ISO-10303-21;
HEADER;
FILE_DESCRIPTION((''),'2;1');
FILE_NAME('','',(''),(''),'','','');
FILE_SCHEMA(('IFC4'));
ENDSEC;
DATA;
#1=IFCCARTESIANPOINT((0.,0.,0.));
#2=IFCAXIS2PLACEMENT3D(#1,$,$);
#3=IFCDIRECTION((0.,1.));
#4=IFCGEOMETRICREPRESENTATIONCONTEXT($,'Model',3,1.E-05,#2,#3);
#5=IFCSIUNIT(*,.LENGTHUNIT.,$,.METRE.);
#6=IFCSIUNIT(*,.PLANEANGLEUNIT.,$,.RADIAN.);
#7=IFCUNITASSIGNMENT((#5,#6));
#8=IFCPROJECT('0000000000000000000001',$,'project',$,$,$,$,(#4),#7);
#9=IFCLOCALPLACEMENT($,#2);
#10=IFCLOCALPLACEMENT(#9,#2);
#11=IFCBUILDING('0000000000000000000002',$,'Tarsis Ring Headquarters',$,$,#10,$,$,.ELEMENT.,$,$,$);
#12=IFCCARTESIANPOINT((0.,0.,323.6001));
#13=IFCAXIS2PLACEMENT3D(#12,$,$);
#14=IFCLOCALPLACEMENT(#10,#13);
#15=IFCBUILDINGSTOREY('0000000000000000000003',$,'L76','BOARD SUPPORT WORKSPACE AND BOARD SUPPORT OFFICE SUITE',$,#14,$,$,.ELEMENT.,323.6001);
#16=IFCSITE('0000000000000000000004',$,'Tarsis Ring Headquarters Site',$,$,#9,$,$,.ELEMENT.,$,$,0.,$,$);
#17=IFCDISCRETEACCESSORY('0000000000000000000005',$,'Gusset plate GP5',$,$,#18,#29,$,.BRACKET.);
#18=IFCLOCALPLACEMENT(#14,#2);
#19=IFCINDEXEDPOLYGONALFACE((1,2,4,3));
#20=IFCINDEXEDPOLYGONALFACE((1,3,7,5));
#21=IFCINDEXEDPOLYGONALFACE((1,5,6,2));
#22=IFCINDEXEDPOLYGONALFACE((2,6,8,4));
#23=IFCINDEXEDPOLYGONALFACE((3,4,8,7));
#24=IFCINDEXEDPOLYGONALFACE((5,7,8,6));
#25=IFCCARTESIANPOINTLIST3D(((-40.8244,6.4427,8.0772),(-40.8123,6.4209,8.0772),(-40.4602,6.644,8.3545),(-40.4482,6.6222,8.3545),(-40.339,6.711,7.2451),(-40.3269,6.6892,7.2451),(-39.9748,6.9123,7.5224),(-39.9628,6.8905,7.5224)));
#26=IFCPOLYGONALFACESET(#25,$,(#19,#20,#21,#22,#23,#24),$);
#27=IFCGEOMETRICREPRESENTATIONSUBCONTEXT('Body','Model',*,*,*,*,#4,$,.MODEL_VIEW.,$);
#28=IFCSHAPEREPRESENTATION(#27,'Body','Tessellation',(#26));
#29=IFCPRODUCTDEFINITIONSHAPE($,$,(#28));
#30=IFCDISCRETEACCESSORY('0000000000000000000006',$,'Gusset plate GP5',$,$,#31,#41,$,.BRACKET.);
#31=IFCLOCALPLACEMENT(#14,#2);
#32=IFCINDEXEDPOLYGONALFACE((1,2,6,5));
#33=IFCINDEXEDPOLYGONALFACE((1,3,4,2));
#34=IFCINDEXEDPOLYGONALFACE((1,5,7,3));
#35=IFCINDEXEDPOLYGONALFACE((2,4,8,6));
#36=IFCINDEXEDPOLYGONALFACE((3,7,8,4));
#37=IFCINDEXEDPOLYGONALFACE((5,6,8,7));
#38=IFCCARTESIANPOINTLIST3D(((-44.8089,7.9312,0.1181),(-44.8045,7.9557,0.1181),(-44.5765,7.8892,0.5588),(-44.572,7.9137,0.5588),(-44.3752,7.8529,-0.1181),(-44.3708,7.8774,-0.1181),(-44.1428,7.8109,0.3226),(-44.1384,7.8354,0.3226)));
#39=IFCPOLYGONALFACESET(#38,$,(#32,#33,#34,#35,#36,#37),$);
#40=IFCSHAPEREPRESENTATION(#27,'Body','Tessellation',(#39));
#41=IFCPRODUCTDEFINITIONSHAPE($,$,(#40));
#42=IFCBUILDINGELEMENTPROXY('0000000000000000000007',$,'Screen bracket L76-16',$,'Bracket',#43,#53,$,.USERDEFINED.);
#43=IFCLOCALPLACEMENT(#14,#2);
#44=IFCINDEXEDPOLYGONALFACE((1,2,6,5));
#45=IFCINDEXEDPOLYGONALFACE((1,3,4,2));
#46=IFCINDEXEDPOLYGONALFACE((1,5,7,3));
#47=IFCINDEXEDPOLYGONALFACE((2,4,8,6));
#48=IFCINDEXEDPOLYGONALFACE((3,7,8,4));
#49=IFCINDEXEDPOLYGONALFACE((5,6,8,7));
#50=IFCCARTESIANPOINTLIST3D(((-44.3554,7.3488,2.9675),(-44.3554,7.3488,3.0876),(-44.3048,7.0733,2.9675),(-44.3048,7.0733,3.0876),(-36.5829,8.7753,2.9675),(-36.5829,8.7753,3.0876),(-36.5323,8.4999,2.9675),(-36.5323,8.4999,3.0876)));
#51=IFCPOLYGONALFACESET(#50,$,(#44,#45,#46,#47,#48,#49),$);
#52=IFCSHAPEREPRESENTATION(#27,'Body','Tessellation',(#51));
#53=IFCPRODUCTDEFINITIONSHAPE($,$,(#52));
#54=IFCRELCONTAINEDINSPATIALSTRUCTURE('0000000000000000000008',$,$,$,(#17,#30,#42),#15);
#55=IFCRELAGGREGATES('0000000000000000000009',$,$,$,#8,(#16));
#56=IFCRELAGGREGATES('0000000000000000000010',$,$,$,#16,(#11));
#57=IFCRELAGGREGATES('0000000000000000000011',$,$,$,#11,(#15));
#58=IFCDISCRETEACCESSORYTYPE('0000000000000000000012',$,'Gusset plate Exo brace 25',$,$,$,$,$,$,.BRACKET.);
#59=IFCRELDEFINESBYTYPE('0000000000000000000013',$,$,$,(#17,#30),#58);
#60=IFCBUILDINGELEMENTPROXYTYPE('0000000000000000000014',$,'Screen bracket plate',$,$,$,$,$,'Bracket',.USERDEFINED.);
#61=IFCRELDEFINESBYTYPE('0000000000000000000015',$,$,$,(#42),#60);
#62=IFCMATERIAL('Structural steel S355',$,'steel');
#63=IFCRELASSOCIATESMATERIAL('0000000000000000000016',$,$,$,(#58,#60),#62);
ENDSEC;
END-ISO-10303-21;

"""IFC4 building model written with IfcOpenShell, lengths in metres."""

from ifc_helpers import new_model, si_unit, direction, frame, origin, origin_2d, place, context, subcontext, project, spatial, rectangle, extrude, material, material_profile, profile_set, type_object, element, save


model = new_model("IFC4")

# Units and contexts
model_context = context("Model", 3, precision=1e-05, world=origin(), true_north=direction((0.0, 1.0)))
body_context = subcontext(model_context, "Body", "Model", "MODEL_VIEW")
ifc_project = project(units=[si_unit("LENGTHUNIT", "METRE"), si_unit("PLANEANGLEUNIT", "RADIAN")], contexts=[model_context])

# Site, building, storey
site_placement = place(None, origin())
site = spatial("IfcSite", under=ifc_project, at=site_placement, Name="Tarsis Ring Headquarters Site", CompositionType="ELEMENT", RefElevation=0.0)
building_placement = place(site_placement, origin())
building = spatial("IfcBuilding", under=site, at=building_placement, Name="Tarsis Ring Headquarters", CompositionType="ELEMENT")
storey_placement = place(building_placement, frame((0.0, 0.0, 323.6001)))
storey = spatial("IfcBuildingStorey", under=building, at=storey_placement, Name="L76", Description="BOARD SUPPORT WORKSPACE AND BOARD SUPPORT OFFICE SUITE", CompositionType="ELEMENT", Elevation=323.6001)

# Shared definitions
ifc_material_1 = material(Name="Structural steel S355", Category="steel")

# Discrete accessories
ifc_material_profile_1 = material_profile(ifc_material_1, rectangle(XDim=0.0249, YDim=0.5, at=origin_2d()), Name="PL 25x500")
ifc_profile_set_1 = profile_set([ifc_material_profile_1], Name="Structural steel S355")
discrete_accessory_type = type_object("IfcDiscreteAccessoryType", Name="Gusset plate Exo brace 25", PredefinedType="BRACKET", material=ifc_profile_set_1)
discrete_accessory_1_placement = place(storey_placement, frame((-40.1509, 6.8008, 7.3838), z_axis=(-0.485392, -0.268333, 0.832101), x_axis=(0.48381, -0.875173, 0.0)))
element("IfcDiscreteAccessory", 1, at=discrete_accessory_1_placement, inside=storey, type_object=discrete_accessory_type, Name="Gusset plate GP5", PredefinedType="BRACKET", context=body_context, shape_type="SweptSolid", body=[
    extrude(rectangle(XDim=0.0249, YDim=0.5, at=origin_2d()), origin(), (0.0, 0.0, 1.0), 1.0),
])
discrete_accessory_2_placement = place(storey_placement, frame((-44.5898, 7.9043, 0.0), z_axis=(0.464865, -0.083988, 0.881389), x_axis=(0.177794, 0.984068, 0.0)))
element("IfcDiscreteAccessory", 2, at=discrete_accessory_2_placement, inside=storey, type_object=discrete_accessory_type, Name="Gusset plate GP5", PredefinedType="BRACKET", context=body_context, shape_type="SweptSolid", body=[
    extrude(rectangle(XDim=0.0249, YDim=0.5, at=origin_2d()), origin(), (0.0, 0.0, 1.0), 0.5),
])

# Building element proxy
building_element_proxy_type = type_object("IfcBuildingElementProxyType", Name="Screen bracket plate", ElementType="Bracket", PredefinedType="USERDEFINED", material=ifc_material_1)
proxy_placement = place(storey_placement, frame((-40.4438, 7.9243, 2.9675), z_axis=(0.0, 0.0, 1.0), x_axis=(-0.983571, -0.180519, 0.0)))
element("IfcBuildingElementProxy", 3, at=proxy_placement, inside=storey, type_object=building_element_proxy_type, Name="Screen bracket L76-16", ObjectType="Bracket", PredefinedType="USERDEFINED", context=body_context, shape_type="SweptSolid", body=[
    extrude(rectangle(XDim=7.9023, YDim=0.28, at=origin_2d()), origin(), (0.0, 0.0, 1.0), 0.1201),
])

save(model, "model.ifc")
